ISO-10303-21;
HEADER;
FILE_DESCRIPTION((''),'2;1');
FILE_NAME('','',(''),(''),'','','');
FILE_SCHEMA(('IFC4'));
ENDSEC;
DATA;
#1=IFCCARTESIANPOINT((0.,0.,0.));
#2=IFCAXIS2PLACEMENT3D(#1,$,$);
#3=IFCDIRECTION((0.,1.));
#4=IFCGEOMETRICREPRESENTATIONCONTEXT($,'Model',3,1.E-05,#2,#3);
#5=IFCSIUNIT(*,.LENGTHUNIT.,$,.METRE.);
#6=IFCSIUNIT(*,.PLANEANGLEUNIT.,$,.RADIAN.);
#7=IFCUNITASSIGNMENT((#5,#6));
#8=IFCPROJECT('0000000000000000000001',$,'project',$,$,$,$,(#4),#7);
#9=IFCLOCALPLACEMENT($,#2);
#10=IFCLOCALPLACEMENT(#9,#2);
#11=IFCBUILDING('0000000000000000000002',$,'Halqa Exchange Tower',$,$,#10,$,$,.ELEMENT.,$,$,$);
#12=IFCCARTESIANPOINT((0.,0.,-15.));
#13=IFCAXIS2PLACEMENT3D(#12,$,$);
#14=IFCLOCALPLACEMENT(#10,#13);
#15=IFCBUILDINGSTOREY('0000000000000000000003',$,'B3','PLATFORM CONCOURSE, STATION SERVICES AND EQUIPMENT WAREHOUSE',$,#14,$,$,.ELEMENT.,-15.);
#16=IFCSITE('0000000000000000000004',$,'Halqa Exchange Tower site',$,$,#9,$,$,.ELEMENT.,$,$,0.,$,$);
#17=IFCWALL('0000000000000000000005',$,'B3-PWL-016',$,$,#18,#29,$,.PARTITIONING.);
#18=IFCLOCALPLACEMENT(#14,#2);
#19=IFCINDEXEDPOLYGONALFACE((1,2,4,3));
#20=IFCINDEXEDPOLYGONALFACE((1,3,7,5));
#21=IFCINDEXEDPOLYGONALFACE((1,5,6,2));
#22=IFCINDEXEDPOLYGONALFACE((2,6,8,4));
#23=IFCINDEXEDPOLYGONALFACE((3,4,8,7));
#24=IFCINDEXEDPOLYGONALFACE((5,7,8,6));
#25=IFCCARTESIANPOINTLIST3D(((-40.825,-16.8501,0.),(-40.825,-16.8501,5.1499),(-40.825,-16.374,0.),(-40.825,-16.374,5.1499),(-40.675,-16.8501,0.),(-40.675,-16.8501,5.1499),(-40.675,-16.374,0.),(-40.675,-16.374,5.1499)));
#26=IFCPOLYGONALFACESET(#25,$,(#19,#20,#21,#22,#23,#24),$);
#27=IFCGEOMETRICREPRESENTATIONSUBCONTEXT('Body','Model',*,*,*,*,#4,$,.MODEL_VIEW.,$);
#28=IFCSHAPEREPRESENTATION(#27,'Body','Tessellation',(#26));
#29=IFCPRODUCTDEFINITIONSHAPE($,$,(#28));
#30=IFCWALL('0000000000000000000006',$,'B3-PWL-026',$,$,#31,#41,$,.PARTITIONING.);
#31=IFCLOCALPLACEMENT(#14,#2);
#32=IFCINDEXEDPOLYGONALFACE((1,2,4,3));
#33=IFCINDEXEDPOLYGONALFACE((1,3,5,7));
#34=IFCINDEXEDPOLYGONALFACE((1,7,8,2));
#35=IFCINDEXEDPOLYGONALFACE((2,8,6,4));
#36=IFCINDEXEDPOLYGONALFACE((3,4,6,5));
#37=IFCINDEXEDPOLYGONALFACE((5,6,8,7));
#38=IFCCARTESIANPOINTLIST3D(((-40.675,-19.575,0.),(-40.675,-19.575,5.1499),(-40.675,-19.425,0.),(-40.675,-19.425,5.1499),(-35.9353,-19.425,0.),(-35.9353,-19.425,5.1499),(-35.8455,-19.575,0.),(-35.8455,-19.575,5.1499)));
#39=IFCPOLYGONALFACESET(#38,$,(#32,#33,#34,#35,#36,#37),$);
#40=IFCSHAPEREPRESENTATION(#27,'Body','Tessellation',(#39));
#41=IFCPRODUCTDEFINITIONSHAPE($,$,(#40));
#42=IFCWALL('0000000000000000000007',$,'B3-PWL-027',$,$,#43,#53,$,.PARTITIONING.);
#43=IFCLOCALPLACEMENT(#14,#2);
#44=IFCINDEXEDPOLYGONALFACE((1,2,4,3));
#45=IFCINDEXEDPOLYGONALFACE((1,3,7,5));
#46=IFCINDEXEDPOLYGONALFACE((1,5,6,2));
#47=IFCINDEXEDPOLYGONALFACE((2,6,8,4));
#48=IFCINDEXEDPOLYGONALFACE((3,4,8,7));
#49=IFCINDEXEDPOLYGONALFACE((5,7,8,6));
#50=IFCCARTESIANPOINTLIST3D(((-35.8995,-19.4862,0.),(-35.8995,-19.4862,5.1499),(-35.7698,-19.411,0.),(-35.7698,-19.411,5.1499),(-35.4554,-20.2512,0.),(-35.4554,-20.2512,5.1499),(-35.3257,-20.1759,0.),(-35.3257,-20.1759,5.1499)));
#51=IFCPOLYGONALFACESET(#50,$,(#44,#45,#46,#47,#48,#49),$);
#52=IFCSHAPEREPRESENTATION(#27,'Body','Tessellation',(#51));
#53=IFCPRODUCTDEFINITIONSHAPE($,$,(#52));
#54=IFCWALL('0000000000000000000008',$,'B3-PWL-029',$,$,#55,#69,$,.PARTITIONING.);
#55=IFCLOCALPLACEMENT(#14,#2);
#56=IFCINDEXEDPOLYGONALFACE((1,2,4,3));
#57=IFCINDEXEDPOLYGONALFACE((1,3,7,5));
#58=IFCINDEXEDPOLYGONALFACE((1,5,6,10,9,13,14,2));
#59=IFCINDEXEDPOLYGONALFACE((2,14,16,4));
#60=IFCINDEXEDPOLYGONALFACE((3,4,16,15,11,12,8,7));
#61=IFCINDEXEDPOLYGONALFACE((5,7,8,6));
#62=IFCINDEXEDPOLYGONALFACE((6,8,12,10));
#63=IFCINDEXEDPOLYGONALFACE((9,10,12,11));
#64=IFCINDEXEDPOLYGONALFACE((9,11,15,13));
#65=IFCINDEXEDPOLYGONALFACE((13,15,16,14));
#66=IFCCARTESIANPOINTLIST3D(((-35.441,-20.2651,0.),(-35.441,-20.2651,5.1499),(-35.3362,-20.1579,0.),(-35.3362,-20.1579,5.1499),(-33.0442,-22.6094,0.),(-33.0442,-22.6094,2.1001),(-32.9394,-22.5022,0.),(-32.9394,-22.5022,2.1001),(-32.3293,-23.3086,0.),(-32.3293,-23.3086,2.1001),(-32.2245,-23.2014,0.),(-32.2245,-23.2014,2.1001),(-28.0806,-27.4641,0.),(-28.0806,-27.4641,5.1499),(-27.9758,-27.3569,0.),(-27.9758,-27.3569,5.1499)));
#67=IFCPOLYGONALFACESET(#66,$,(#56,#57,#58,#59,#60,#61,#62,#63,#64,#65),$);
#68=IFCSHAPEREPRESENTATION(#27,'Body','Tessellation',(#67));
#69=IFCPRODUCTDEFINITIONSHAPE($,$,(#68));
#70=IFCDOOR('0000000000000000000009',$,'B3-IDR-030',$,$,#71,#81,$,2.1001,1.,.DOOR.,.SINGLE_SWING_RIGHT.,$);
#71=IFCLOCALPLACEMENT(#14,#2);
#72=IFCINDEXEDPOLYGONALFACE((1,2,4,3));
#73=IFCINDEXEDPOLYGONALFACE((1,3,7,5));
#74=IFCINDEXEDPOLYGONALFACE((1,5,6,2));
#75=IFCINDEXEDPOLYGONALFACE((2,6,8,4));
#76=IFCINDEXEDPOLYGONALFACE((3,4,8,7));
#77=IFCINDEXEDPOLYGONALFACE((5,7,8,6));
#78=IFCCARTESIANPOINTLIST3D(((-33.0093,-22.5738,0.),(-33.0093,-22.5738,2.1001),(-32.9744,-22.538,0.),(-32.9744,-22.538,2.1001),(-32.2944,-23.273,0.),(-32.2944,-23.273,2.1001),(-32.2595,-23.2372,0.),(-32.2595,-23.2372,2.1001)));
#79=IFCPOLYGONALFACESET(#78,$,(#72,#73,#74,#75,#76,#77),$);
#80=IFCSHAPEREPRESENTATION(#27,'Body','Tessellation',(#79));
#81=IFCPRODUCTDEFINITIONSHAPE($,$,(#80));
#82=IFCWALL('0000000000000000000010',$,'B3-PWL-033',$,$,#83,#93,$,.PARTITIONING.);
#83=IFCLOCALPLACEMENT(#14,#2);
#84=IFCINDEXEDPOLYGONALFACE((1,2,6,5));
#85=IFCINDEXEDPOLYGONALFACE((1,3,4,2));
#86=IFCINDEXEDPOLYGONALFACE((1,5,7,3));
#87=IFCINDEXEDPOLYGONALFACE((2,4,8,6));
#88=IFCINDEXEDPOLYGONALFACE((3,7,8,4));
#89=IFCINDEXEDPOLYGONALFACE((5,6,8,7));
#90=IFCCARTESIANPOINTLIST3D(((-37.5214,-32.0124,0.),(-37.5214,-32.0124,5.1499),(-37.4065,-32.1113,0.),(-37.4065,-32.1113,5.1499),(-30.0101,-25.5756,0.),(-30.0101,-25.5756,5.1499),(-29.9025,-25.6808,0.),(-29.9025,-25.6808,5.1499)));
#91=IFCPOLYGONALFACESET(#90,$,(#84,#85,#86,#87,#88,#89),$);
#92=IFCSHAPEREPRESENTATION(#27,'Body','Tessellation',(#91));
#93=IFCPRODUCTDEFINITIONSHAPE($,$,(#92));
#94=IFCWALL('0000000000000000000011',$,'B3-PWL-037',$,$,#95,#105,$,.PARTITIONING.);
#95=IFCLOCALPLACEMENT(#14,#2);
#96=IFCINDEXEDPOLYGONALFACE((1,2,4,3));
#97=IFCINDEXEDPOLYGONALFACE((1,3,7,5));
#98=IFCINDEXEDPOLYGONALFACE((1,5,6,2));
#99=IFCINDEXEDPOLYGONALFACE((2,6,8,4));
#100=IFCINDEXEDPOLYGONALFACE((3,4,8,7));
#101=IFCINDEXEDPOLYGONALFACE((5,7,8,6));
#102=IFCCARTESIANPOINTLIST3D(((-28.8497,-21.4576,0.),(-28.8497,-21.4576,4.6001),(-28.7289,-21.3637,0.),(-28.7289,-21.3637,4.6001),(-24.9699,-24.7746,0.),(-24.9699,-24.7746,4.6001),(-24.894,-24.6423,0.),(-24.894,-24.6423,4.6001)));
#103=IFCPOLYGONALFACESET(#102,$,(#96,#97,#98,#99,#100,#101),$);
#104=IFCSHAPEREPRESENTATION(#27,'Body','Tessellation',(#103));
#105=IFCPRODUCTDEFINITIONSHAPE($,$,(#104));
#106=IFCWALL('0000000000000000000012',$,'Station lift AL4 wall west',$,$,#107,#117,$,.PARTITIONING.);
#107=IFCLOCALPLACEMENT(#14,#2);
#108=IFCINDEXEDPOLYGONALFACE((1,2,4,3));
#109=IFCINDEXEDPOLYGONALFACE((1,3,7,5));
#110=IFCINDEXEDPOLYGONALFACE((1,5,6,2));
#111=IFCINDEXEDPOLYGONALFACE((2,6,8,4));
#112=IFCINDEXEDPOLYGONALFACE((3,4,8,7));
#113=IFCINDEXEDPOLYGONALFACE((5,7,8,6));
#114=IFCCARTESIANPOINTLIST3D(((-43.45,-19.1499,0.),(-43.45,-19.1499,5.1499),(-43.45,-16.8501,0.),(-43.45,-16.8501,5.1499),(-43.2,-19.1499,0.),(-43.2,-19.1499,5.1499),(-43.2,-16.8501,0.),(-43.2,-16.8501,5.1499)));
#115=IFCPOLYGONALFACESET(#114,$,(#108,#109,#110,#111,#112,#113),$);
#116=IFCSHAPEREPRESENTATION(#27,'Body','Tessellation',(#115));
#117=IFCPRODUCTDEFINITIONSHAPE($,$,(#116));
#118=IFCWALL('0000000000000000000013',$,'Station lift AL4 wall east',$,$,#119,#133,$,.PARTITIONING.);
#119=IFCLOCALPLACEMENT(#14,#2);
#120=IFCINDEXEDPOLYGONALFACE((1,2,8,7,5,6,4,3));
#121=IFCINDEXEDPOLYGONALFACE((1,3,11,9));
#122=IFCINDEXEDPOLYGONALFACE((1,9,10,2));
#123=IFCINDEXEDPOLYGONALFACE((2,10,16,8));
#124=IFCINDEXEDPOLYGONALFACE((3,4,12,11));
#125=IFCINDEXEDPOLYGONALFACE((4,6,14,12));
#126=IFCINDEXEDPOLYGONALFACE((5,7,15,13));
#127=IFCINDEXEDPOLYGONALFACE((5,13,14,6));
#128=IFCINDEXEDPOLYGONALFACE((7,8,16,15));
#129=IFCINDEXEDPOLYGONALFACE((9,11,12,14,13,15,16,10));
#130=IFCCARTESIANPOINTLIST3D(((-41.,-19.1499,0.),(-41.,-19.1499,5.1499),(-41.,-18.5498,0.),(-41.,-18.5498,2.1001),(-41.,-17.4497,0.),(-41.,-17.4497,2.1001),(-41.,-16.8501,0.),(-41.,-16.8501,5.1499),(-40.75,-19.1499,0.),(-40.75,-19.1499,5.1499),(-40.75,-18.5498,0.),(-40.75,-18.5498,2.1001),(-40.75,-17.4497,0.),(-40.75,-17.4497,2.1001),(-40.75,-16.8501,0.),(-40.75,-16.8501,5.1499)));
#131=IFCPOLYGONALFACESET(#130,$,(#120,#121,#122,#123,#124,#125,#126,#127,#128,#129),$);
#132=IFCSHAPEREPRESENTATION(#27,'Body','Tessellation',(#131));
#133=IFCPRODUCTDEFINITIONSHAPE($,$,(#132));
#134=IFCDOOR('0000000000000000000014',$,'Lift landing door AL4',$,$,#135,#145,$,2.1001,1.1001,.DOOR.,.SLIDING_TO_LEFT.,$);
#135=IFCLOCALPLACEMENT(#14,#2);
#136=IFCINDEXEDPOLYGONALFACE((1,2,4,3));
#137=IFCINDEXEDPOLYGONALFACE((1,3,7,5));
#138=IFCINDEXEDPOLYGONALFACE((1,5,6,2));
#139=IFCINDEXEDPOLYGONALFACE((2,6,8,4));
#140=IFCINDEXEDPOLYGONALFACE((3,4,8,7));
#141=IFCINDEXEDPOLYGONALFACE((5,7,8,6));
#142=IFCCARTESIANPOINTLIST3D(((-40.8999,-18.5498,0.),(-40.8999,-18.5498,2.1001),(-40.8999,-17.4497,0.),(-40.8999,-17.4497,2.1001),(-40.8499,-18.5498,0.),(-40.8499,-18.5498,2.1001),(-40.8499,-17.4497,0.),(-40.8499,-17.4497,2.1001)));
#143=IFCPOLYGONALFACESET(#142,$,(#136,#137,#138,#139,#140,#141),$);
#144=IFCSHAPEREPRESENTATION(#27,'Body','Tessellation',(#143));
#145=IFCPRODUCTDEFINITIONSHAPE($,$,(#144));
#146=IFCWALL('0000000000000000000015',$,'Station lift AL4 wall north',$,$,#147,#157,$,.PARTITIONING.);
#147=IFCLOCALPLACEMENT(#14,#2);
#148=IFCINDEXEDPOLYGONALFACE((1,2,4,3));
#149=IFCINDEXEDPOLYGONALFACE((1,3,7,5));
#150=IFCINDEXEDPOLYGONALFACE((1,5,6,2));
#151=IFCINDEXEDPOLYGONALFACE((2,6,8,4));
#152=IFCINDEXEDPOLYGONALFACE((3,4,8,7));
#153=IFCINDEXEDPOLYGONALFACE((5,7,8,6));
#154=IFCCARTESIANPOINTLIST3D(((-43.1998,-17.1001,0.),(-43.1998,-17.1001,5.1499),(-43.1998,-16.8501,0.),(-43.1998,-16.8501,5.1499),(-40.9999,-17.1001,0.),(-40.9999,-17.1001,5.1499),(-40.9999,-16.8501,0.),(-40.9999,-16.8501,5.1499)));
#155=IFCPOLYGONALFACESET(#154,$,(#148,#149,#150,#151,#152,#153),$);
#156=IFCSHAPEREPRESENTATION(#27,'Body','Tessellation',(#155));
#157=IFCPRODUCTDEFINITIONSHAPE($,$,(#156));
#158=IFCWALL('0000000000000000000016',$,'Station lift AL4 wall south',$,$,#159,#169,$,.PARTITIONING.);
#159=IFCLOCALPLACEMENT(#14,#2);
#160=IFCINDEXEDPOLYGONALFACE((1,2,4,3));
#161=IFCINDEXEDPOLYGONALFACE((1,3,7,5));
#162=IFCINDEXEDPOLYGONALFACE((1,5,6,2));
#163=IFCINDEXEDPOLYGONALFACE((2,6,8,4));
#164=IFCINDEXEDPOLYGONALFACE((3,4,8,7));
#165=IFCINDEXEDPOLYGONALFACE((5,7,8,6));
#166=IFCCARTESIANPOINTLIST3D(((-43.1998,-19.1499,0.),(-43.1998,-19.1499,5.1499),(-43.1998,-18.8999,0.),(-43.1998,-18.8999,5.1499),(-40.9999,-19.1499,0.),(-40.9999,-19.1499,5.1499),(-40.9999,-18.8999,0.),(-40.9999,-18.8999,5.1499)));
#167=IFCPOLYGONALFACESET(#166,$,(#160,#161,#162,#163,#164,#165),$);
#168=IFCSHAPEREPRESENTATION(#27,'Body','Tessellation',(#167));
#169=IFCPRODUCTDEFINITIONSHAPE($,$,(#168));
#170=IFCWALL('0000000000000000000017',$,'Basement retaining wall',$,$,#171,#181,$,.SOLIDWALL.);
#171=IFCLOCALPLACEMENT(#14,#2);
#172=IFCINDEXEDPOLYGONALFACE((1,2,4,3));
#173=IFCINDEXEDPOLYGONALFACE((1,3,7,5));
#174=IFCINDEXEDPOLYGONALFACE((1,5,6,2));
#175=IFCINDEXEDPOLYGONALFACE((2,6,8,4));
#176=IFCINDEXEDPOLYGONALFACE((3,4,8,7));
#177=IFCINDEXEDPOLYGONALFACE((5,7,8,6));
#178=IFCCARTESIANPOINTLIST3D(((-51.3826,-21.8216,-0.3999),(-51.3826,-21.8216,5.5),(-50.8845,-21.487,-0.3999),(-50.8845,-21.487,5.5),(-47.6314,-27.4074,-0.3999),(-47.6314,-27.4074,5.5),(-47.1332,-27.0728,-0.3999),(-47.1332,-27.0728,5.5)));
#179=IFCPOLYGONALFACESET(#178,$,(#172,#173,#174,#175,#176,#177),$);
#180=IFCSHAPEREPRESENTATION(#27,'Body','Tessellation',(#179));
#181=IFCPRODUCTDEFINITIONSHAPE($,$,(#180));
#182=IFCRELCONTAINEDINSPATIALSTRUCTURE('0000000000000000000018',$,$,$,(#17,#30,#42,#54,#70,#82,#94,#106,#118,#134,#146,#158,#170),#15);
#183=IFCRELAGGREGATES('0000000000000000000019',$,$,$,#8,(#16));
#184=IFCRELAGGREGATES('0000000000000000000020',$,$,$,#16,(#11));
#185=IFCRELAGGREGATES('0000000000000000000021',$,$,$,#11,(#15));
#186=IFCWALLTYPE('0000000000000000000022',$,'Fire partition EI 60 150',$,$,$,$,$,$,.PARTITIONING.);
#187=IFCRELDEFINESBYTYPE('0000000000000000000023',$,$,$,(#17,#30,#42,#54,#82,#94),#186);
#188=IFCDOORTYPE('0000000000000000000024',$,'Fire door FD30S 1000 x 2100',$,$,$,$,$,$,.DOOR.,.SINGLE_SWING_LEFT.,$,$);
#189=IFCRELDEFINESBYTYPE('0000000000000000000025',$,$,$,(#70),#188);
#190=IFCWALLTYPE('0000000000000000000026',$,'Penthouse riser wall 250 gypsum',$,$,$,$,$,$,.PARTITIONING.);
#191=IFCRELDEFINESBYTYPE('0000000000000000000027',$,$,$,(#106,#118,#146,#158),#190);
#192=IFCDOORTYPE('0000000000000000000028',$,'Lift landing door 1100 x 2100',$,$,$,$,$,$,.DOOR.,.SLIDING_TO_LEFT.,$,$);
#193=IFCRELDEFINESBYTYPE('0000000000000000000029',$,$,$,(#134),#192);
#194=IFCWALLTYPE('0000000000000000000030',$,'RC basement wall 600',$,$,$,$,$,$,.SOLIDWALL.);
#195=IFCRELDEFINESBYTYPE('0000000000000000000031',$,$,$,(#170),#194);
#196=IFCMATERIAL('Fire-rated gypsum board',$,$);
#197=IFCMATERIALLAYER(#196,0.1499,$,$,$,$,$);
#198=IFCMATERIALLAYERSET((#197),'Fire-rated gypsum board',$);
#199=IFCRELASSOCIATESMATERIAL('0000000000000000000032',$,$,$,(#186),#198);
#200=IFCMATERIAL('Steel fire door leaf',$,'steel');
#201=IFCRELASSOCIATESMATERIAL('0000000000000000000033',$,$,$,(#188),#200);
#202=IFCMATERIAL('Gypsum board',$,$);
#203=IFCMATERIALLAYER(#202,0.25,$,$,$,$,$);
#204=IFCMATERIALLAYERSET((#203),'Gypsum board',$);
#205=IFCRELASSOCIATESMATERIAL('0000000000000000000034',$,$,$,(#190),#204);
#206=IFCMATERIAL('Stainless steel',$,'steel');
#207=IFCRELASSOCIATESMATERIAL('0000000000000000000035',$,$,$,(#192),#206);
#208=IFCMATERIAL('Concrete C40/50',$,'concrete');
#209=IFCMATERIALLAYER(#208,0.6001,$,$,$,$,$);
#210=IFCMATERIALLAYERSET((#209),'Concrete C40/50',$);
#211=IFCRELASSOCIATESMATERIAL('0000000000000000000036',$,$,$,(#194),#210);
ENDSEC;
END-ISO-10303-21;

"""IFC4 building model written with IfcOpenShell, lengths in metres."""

from ifc_helpers import new_model, si_unit, direction, frame, frame_2d, origin, place, context, subcontext, project, spatial, polyline, rectangle, outline, extrude, material, layer, layer_set, type_object, element, fill, save


model = new_model("IFC4")

# Units and contexts
model_context = context("Model", 3, precision=1e-05, world=origin(), true_north=direction((0.0, 1.0)))
body_context = subcontext(model_context, "Body", "Model", "MODEL_VIEW")
ifc_project = project(units=[si_unit("LENGTHUNIT", "METRE"), si_unit("PLANEANGLEUNIT", "RADIAN")], contexts=[model_context])

# Site, building, storey
site_placement = place(None, origin())
site = spatial("IfcSite", under=ifc_project, at=site_placement, Name="Halqa Exchange Tower site", CompositionType="ELEMENT", RefElevation=0.0)
building_placement = place(site_placement, origin())
building = spatial("IfcBuilding", under=site, at=building_placement, Name="Halqa Exchange Tower", CompositionType="ELEMENT")
storey_placement = place(building_placement, frame((0.0, 0.0, -15.0)))
storey = spatial("IfcBuildingStorey", under=building, at=storey_placement, Name="B3", Description="PLATFORM CONCOURSE, STATION SERVICES AND EQUIPMENT WAREHOUSE", CompositionType="ELEMENT", Elevation=-15.0)

# Shared definitions
ifc_material_1 = material(Name="Concrete C40/50", Category="concrete")

# Walls
ifc_material_2 = material(Name="Fire-rated gypsum board")
ifc_layer_1 = layer(ifc_material_2, 0.1499)
ifc_layer_set_1 = layer_set([ifc_layer_1], Name="Fire-rated gypsum board")
wall_type_1 = type_object("IfcWallType", Name="Fire partition EI 60 150", PredefinedType="PARTITIONING", material=ifc_layer_set_1)
wall_1_placement = place(storey_placement, frame((-40.75, -16.8501, 0.0), z_axis=(0.0, 0.0, 1.0), x_axis=(0.0, 1.0, 0.0)))
element("IfcWall", 1, at=wall_1_placement, inside=storey, type_object=wall_type_1, Name="B3-PWL-016", PredefinedType="PARTITIONING", context=body_context, shape_type="SweptSolid", body=[
    extrude(rectangle(XDim=0.4761, YDim=0.1499, at=frame_2d((0.238, 0.0))), origin(), (0.0, 0.0, 1.0), 5.1499),
])
wall_2_placement = place(storey_placement, frame((-35.8904, -19.5, 0.0), z_axis=(0.0, 0.0, 1.0), x_axis=(-1.0, 0.0, 0.0)))
element("IfcWall", 2, at=wall_2_placement, inside=storey, type_object=wall_type_1, Name="B3-PWL-026", PredefinedType="PARTITIONING", context=body_context, shape_type="SweptSolid", body=[
    extrude(outline(polyline([(0.0449, -0.075), (4.7847, -0.075), (4.7847, 0.075), (-0.0449, 0.075), (0.0449, -0.075)])), origin(), (0.0, 0.0, 1.0), 5.1499),
])
wall_3_placement = place(storey_placement, frame((-35.8347, -19.4485, 0.0), z_axis=(0.0, 0.0, 1.0), x_axis=(0.502102, -0.864808, 0.0)))
element("IfcWall", 3, at=wall_3_placement, inside=storey, type_object=wall_type_1, Name="B3-PWL-027", PredefinedType="PARTITIONING", context=body_context, shape_type="SweptSolid", body=[
    extrude(rectangle(XDim=0.8845, YDim=0.1499, at=frame_2d((0.4424, 0.0))), origin(), (0.0, 0.0, 1.0), 5.1499),
])

# Wall, opening, door
wall_4_placement = place(storey_placement, frame((-35.3887, -20.2114, 0.0), z_axis=(0.0, 0.0, 1.0), x_axis=(0.714901, -0.699226, 0.0)))
wall_4 = element("IfcWall", 4, at=wall_4_placement, inside=storey, type_object=wall_type_1, Name="B3-PWL-029", PredefinedType="PARTITIONING", context=body_context, shape_type="SweptSolid", body=[
    extrude(rectangle(XDim=10.2957, YDim=0.1499, at=frame_2d((5.1479, 0.0))), origin(), (0.0, 0.0, 1.0), 5.1499),
])
opening_1_placement = place(wall_4_placement, frame((3.3528, 0.0, 0.0)))
opening_1 = element("IfcOpeningElement", 5, at=opening_1_placement, cuts=wall_4, PredefinedType="OPENING", context=body_context, shape_type="SweptSolid", body=[
    extrude(rectangle(XDim=1.0, YDim=2.1001, at=frame_2d((0.5, 1.05))), frame((0.0, 0.0869, 0.0), z_axis=(0.0, -1.0, 0.0), x_axis=(1.0, 0.0, 0.0)), (0.0, 0.0, 1.0), 0.1738),
])
ifc_material_3 = material(Name="Steel fire door leaf", Category="steel")
door_type_1 = type_object("IfcDoorType", Name="Fire door FD30S 1000 x 2100", OperationType="SINGLE_SWING_LEFT", PredefinedType="DOOR", material=ifc_material_3)
door_1_placement = place(opening_1_placement, origin())
door_1 = element("IfcDoor", 6, at=door_1_placement, inside=storey, type_object=door_type_1, Name="B3-IDR-030", OperationType="SINGLE_SWING_RIGHT", OverallHeight=2.1001, OverallWidth=1.0, PredefinedType="DOOR", context=body_context, shape_type="SweptSolid", body=[
    extrude(rectangle(XDim=1.0, YDim=2.1001, at=frame_2d((0.5, 1.05))), frame((0.0, 0.0249, 0.0), z_axis=(0.0, -1.0, 0.0), x_axis=(1.0, 0.0, 0.0)), (0.0, 0.0, 1.0), 0.05),
])
fill(opening_1, door_1)

# Walls
wall_5_placement = place(storey_placement, frame((-29.9563, -25.6282, 0.0), z_axis=(0.0, 0.0, 1.0), x_axis=(-0.75933, -0.650706, 0.0)))
element("IfcWall", 7, at=wall_5_placement, inside=storey, type_object=wall_type_1, Name="B3-PWL-033", PredefinedType="PARTITIONING", context=body_context, shape_type="SweptSolid", body=[
    extrude(outline(polyline([(0.0066, -0.075), (9.8987, -0.075), (9.8757, 0.075), (-0.0066, 0.075), (0.0066, -0.075)])), origin(), (0.0, 0.0, 1.0), 5.1499),
])
wall_6_placement = place(storey_placement, frame((-28.7893, -21.4106, 0.0), z_axis=(0.0, 0.0, 1.0), x_axis=(0.760085, -0.649824, 0.0)))
element("IfcWall", 8, at=wall_6_placement, inside=storey, type_object=wall_type_1, Name="B3-PWL-037", PredefinedType="PARTITIONING", context=body_context, shape_type="SweptSolid", body=[
    extrude(outline(polyline([(-0.0154, -0.075), (5.0891, -0.075), (5.0608, 0.075), (0.0154, 0.075), (-0.0154, -0.075)])), origin(), (0.0, 0.0, 1.0), 4.6001),
])
ifc_material_4 = material(Name="Gypsum board")
ifc_layer_2 = layer(ifc_material_4, 0.25)
ifc_layer_set_2 = layer_set([ifc_layer_2], Name="Gypsum board")
wall_type_2 = type_object("IfcWallType", Name="Penthouse riser wall 250 gypsum", PredefinedType="PARTITIONING", material=ifc_layer_set_2)
wall_7_placement = place(storey_placement, frame((-43.325, -19.1499, 0.0), z_axis=(0.0, 0.0, 1.0), x_axis=(0.0, 1.0, 0.0)))
element("IfcWall", 9, at=wall_7_placement, inside=storey, type_object=wall_type_2, Name="Station lift AL4 wall west", PredefinedType="PARTITIONING", context=body_context, shape_type="SweptSolid", body=[
    extrude(rectangle(XDim=2.2998, YDim=0.25, at=frame_2d((1.1499, 0.0))), origin(), (0.0, 0.0, 1.0), 5.1499),
])

# Wall, opening, door
wall_8_placement = place(storey_placement, frame((-40.875, -19.1499, 0.0), z_axis=(0.0, 0.0, 1.0), x_axis=(0.0, 1.0, 0.0)))
wall_8 = element("IfcWall", 10, at=wall_8_placement, inside=storey, type_object=wall_type_2, Name="Station lift AL4 wall east", PredefinedType="PARTITIONING", context=body_context, shape_type="SweptSolid", body=[
    extrude(rectangle(XDim=2.2998, YDim=0.25, at=frame_2d((1.1499, 0.0))), origin(), (0.0, 0.0, 1.0), 5.1499),
])
opening_2_placement = place(wall_8_placement, frame((0.6001, 0.0, 0.0)))
opening_2 = element("IfcOpeningElement", 11, at=opening_2_placement, cuts=wall_8, PredefinedType="OPENING", context=body_context, shape_type="SweptSolid", body=[
    extrude(rectangle(XDim=1.1001, YDim=2.1001, at=frame_2d((0.55, 1.05))), frame((0.0, 0.137, 0.0), z_axis=(0.0, -1.0, 0.0), x_axis=(1.0, 0.0, 0.0)), (0.0, 0.0, 1.0), 0.2739),
])
ifc_material_5 = material(Name="Stainless steel", Category="steel")
door_type_2 = type_object("IfcDoorType", Name="Lift landing door 1100 x 2100", OperationType="SLIDING_TO_LEFT", PredefinedType="DOOR", material=ifc_material_5)
door_2_placement = place(opening_2_placement, origin())
door_2 = element("IfcDoor", 12, at=door_2_placement, inside=storey, type_object=door_type_2, Name="Lift landing door AL4", OperationType="SLIDING_TO_LEFT", OverallHeight=2.1001, OverallWidth=1.1001, PredefinedType="DOOR", context=body_context, shape_type="SweptSolid", body=[
    extrude(rectangle(XDim=1.1001, YDim=2.1001, at=frame_2d((0.55, 1.05))), frame((0.0, 0.0249, 0.0), z_axis=(0.0, -1.0, 0.0), x_axis=(1.0, 0.0, 0.0)), (0.0, 0.0, 1.0), 0.05),
])
fill(opening_2, door_2)

# Walls
for number, where, z_axis, x_axis, name in (
    (13, (-43.2, -16.9751, 0.0), (0.0, 0.0, 1.0), (1.0, 0.0, 0.0), "Station lift AL4 wall north"),
    (14, (-43.2, -19.0249, 0.0), (0.0, 0.0, 1.0), (1.0, 0.0, 0.0), "Station lift AL4 wall south"),
):
    element("IfcWall", number, at=place(storey_placement, frame(where, z_axis=z_axis, x_axis=x_axis)), inside=storey, type_object=wall_type_2, Name=name, PredefinedType="PARTITIONING", context=body_context, shape_type="SweptSolid", body=[
        extrude(rectangle(XDim=2.2, YDim=0.25, at=frame_2d((1.1001, 0.0))), origin(), (0.0, 0.0, 1.0), 5.1499),
    ])
ifc_layer_3 = layer(ifc_material_1, 0.6001)
ifc_layer_set_3 = layer_set([ifc_layer_3], Name="Concrete C40/50")
wall_type_3 = type_object("IfcWallType", Name="RC basement wall 600", PredefinedType="SOLIDWALL", material=ifc_layer_set_3)
wall_9_placement = place(storey_placement, frame((-51.1335, -21.6543, -0.3999), z_axis=(0.0, 0.0, 1.0), x_axis=(0.557519, -0.830164, 0.0)))
element("IfcWall", 15, at=wall_9_placement, inside=storey, type_object=wall_type_3, Name="Basement retaining wall", PredefinedType="SOLIDWALL", context=body_context, shape_type="SweptSolid", body=[
    extrude(rectangle(XDim=6.7285, YDim=0.6001, at=frame_2d((3.3643, 0.0))), origin(), (0.0, 0.0, 1.0), 5.8999),
])

save(model, "model.ifc")
